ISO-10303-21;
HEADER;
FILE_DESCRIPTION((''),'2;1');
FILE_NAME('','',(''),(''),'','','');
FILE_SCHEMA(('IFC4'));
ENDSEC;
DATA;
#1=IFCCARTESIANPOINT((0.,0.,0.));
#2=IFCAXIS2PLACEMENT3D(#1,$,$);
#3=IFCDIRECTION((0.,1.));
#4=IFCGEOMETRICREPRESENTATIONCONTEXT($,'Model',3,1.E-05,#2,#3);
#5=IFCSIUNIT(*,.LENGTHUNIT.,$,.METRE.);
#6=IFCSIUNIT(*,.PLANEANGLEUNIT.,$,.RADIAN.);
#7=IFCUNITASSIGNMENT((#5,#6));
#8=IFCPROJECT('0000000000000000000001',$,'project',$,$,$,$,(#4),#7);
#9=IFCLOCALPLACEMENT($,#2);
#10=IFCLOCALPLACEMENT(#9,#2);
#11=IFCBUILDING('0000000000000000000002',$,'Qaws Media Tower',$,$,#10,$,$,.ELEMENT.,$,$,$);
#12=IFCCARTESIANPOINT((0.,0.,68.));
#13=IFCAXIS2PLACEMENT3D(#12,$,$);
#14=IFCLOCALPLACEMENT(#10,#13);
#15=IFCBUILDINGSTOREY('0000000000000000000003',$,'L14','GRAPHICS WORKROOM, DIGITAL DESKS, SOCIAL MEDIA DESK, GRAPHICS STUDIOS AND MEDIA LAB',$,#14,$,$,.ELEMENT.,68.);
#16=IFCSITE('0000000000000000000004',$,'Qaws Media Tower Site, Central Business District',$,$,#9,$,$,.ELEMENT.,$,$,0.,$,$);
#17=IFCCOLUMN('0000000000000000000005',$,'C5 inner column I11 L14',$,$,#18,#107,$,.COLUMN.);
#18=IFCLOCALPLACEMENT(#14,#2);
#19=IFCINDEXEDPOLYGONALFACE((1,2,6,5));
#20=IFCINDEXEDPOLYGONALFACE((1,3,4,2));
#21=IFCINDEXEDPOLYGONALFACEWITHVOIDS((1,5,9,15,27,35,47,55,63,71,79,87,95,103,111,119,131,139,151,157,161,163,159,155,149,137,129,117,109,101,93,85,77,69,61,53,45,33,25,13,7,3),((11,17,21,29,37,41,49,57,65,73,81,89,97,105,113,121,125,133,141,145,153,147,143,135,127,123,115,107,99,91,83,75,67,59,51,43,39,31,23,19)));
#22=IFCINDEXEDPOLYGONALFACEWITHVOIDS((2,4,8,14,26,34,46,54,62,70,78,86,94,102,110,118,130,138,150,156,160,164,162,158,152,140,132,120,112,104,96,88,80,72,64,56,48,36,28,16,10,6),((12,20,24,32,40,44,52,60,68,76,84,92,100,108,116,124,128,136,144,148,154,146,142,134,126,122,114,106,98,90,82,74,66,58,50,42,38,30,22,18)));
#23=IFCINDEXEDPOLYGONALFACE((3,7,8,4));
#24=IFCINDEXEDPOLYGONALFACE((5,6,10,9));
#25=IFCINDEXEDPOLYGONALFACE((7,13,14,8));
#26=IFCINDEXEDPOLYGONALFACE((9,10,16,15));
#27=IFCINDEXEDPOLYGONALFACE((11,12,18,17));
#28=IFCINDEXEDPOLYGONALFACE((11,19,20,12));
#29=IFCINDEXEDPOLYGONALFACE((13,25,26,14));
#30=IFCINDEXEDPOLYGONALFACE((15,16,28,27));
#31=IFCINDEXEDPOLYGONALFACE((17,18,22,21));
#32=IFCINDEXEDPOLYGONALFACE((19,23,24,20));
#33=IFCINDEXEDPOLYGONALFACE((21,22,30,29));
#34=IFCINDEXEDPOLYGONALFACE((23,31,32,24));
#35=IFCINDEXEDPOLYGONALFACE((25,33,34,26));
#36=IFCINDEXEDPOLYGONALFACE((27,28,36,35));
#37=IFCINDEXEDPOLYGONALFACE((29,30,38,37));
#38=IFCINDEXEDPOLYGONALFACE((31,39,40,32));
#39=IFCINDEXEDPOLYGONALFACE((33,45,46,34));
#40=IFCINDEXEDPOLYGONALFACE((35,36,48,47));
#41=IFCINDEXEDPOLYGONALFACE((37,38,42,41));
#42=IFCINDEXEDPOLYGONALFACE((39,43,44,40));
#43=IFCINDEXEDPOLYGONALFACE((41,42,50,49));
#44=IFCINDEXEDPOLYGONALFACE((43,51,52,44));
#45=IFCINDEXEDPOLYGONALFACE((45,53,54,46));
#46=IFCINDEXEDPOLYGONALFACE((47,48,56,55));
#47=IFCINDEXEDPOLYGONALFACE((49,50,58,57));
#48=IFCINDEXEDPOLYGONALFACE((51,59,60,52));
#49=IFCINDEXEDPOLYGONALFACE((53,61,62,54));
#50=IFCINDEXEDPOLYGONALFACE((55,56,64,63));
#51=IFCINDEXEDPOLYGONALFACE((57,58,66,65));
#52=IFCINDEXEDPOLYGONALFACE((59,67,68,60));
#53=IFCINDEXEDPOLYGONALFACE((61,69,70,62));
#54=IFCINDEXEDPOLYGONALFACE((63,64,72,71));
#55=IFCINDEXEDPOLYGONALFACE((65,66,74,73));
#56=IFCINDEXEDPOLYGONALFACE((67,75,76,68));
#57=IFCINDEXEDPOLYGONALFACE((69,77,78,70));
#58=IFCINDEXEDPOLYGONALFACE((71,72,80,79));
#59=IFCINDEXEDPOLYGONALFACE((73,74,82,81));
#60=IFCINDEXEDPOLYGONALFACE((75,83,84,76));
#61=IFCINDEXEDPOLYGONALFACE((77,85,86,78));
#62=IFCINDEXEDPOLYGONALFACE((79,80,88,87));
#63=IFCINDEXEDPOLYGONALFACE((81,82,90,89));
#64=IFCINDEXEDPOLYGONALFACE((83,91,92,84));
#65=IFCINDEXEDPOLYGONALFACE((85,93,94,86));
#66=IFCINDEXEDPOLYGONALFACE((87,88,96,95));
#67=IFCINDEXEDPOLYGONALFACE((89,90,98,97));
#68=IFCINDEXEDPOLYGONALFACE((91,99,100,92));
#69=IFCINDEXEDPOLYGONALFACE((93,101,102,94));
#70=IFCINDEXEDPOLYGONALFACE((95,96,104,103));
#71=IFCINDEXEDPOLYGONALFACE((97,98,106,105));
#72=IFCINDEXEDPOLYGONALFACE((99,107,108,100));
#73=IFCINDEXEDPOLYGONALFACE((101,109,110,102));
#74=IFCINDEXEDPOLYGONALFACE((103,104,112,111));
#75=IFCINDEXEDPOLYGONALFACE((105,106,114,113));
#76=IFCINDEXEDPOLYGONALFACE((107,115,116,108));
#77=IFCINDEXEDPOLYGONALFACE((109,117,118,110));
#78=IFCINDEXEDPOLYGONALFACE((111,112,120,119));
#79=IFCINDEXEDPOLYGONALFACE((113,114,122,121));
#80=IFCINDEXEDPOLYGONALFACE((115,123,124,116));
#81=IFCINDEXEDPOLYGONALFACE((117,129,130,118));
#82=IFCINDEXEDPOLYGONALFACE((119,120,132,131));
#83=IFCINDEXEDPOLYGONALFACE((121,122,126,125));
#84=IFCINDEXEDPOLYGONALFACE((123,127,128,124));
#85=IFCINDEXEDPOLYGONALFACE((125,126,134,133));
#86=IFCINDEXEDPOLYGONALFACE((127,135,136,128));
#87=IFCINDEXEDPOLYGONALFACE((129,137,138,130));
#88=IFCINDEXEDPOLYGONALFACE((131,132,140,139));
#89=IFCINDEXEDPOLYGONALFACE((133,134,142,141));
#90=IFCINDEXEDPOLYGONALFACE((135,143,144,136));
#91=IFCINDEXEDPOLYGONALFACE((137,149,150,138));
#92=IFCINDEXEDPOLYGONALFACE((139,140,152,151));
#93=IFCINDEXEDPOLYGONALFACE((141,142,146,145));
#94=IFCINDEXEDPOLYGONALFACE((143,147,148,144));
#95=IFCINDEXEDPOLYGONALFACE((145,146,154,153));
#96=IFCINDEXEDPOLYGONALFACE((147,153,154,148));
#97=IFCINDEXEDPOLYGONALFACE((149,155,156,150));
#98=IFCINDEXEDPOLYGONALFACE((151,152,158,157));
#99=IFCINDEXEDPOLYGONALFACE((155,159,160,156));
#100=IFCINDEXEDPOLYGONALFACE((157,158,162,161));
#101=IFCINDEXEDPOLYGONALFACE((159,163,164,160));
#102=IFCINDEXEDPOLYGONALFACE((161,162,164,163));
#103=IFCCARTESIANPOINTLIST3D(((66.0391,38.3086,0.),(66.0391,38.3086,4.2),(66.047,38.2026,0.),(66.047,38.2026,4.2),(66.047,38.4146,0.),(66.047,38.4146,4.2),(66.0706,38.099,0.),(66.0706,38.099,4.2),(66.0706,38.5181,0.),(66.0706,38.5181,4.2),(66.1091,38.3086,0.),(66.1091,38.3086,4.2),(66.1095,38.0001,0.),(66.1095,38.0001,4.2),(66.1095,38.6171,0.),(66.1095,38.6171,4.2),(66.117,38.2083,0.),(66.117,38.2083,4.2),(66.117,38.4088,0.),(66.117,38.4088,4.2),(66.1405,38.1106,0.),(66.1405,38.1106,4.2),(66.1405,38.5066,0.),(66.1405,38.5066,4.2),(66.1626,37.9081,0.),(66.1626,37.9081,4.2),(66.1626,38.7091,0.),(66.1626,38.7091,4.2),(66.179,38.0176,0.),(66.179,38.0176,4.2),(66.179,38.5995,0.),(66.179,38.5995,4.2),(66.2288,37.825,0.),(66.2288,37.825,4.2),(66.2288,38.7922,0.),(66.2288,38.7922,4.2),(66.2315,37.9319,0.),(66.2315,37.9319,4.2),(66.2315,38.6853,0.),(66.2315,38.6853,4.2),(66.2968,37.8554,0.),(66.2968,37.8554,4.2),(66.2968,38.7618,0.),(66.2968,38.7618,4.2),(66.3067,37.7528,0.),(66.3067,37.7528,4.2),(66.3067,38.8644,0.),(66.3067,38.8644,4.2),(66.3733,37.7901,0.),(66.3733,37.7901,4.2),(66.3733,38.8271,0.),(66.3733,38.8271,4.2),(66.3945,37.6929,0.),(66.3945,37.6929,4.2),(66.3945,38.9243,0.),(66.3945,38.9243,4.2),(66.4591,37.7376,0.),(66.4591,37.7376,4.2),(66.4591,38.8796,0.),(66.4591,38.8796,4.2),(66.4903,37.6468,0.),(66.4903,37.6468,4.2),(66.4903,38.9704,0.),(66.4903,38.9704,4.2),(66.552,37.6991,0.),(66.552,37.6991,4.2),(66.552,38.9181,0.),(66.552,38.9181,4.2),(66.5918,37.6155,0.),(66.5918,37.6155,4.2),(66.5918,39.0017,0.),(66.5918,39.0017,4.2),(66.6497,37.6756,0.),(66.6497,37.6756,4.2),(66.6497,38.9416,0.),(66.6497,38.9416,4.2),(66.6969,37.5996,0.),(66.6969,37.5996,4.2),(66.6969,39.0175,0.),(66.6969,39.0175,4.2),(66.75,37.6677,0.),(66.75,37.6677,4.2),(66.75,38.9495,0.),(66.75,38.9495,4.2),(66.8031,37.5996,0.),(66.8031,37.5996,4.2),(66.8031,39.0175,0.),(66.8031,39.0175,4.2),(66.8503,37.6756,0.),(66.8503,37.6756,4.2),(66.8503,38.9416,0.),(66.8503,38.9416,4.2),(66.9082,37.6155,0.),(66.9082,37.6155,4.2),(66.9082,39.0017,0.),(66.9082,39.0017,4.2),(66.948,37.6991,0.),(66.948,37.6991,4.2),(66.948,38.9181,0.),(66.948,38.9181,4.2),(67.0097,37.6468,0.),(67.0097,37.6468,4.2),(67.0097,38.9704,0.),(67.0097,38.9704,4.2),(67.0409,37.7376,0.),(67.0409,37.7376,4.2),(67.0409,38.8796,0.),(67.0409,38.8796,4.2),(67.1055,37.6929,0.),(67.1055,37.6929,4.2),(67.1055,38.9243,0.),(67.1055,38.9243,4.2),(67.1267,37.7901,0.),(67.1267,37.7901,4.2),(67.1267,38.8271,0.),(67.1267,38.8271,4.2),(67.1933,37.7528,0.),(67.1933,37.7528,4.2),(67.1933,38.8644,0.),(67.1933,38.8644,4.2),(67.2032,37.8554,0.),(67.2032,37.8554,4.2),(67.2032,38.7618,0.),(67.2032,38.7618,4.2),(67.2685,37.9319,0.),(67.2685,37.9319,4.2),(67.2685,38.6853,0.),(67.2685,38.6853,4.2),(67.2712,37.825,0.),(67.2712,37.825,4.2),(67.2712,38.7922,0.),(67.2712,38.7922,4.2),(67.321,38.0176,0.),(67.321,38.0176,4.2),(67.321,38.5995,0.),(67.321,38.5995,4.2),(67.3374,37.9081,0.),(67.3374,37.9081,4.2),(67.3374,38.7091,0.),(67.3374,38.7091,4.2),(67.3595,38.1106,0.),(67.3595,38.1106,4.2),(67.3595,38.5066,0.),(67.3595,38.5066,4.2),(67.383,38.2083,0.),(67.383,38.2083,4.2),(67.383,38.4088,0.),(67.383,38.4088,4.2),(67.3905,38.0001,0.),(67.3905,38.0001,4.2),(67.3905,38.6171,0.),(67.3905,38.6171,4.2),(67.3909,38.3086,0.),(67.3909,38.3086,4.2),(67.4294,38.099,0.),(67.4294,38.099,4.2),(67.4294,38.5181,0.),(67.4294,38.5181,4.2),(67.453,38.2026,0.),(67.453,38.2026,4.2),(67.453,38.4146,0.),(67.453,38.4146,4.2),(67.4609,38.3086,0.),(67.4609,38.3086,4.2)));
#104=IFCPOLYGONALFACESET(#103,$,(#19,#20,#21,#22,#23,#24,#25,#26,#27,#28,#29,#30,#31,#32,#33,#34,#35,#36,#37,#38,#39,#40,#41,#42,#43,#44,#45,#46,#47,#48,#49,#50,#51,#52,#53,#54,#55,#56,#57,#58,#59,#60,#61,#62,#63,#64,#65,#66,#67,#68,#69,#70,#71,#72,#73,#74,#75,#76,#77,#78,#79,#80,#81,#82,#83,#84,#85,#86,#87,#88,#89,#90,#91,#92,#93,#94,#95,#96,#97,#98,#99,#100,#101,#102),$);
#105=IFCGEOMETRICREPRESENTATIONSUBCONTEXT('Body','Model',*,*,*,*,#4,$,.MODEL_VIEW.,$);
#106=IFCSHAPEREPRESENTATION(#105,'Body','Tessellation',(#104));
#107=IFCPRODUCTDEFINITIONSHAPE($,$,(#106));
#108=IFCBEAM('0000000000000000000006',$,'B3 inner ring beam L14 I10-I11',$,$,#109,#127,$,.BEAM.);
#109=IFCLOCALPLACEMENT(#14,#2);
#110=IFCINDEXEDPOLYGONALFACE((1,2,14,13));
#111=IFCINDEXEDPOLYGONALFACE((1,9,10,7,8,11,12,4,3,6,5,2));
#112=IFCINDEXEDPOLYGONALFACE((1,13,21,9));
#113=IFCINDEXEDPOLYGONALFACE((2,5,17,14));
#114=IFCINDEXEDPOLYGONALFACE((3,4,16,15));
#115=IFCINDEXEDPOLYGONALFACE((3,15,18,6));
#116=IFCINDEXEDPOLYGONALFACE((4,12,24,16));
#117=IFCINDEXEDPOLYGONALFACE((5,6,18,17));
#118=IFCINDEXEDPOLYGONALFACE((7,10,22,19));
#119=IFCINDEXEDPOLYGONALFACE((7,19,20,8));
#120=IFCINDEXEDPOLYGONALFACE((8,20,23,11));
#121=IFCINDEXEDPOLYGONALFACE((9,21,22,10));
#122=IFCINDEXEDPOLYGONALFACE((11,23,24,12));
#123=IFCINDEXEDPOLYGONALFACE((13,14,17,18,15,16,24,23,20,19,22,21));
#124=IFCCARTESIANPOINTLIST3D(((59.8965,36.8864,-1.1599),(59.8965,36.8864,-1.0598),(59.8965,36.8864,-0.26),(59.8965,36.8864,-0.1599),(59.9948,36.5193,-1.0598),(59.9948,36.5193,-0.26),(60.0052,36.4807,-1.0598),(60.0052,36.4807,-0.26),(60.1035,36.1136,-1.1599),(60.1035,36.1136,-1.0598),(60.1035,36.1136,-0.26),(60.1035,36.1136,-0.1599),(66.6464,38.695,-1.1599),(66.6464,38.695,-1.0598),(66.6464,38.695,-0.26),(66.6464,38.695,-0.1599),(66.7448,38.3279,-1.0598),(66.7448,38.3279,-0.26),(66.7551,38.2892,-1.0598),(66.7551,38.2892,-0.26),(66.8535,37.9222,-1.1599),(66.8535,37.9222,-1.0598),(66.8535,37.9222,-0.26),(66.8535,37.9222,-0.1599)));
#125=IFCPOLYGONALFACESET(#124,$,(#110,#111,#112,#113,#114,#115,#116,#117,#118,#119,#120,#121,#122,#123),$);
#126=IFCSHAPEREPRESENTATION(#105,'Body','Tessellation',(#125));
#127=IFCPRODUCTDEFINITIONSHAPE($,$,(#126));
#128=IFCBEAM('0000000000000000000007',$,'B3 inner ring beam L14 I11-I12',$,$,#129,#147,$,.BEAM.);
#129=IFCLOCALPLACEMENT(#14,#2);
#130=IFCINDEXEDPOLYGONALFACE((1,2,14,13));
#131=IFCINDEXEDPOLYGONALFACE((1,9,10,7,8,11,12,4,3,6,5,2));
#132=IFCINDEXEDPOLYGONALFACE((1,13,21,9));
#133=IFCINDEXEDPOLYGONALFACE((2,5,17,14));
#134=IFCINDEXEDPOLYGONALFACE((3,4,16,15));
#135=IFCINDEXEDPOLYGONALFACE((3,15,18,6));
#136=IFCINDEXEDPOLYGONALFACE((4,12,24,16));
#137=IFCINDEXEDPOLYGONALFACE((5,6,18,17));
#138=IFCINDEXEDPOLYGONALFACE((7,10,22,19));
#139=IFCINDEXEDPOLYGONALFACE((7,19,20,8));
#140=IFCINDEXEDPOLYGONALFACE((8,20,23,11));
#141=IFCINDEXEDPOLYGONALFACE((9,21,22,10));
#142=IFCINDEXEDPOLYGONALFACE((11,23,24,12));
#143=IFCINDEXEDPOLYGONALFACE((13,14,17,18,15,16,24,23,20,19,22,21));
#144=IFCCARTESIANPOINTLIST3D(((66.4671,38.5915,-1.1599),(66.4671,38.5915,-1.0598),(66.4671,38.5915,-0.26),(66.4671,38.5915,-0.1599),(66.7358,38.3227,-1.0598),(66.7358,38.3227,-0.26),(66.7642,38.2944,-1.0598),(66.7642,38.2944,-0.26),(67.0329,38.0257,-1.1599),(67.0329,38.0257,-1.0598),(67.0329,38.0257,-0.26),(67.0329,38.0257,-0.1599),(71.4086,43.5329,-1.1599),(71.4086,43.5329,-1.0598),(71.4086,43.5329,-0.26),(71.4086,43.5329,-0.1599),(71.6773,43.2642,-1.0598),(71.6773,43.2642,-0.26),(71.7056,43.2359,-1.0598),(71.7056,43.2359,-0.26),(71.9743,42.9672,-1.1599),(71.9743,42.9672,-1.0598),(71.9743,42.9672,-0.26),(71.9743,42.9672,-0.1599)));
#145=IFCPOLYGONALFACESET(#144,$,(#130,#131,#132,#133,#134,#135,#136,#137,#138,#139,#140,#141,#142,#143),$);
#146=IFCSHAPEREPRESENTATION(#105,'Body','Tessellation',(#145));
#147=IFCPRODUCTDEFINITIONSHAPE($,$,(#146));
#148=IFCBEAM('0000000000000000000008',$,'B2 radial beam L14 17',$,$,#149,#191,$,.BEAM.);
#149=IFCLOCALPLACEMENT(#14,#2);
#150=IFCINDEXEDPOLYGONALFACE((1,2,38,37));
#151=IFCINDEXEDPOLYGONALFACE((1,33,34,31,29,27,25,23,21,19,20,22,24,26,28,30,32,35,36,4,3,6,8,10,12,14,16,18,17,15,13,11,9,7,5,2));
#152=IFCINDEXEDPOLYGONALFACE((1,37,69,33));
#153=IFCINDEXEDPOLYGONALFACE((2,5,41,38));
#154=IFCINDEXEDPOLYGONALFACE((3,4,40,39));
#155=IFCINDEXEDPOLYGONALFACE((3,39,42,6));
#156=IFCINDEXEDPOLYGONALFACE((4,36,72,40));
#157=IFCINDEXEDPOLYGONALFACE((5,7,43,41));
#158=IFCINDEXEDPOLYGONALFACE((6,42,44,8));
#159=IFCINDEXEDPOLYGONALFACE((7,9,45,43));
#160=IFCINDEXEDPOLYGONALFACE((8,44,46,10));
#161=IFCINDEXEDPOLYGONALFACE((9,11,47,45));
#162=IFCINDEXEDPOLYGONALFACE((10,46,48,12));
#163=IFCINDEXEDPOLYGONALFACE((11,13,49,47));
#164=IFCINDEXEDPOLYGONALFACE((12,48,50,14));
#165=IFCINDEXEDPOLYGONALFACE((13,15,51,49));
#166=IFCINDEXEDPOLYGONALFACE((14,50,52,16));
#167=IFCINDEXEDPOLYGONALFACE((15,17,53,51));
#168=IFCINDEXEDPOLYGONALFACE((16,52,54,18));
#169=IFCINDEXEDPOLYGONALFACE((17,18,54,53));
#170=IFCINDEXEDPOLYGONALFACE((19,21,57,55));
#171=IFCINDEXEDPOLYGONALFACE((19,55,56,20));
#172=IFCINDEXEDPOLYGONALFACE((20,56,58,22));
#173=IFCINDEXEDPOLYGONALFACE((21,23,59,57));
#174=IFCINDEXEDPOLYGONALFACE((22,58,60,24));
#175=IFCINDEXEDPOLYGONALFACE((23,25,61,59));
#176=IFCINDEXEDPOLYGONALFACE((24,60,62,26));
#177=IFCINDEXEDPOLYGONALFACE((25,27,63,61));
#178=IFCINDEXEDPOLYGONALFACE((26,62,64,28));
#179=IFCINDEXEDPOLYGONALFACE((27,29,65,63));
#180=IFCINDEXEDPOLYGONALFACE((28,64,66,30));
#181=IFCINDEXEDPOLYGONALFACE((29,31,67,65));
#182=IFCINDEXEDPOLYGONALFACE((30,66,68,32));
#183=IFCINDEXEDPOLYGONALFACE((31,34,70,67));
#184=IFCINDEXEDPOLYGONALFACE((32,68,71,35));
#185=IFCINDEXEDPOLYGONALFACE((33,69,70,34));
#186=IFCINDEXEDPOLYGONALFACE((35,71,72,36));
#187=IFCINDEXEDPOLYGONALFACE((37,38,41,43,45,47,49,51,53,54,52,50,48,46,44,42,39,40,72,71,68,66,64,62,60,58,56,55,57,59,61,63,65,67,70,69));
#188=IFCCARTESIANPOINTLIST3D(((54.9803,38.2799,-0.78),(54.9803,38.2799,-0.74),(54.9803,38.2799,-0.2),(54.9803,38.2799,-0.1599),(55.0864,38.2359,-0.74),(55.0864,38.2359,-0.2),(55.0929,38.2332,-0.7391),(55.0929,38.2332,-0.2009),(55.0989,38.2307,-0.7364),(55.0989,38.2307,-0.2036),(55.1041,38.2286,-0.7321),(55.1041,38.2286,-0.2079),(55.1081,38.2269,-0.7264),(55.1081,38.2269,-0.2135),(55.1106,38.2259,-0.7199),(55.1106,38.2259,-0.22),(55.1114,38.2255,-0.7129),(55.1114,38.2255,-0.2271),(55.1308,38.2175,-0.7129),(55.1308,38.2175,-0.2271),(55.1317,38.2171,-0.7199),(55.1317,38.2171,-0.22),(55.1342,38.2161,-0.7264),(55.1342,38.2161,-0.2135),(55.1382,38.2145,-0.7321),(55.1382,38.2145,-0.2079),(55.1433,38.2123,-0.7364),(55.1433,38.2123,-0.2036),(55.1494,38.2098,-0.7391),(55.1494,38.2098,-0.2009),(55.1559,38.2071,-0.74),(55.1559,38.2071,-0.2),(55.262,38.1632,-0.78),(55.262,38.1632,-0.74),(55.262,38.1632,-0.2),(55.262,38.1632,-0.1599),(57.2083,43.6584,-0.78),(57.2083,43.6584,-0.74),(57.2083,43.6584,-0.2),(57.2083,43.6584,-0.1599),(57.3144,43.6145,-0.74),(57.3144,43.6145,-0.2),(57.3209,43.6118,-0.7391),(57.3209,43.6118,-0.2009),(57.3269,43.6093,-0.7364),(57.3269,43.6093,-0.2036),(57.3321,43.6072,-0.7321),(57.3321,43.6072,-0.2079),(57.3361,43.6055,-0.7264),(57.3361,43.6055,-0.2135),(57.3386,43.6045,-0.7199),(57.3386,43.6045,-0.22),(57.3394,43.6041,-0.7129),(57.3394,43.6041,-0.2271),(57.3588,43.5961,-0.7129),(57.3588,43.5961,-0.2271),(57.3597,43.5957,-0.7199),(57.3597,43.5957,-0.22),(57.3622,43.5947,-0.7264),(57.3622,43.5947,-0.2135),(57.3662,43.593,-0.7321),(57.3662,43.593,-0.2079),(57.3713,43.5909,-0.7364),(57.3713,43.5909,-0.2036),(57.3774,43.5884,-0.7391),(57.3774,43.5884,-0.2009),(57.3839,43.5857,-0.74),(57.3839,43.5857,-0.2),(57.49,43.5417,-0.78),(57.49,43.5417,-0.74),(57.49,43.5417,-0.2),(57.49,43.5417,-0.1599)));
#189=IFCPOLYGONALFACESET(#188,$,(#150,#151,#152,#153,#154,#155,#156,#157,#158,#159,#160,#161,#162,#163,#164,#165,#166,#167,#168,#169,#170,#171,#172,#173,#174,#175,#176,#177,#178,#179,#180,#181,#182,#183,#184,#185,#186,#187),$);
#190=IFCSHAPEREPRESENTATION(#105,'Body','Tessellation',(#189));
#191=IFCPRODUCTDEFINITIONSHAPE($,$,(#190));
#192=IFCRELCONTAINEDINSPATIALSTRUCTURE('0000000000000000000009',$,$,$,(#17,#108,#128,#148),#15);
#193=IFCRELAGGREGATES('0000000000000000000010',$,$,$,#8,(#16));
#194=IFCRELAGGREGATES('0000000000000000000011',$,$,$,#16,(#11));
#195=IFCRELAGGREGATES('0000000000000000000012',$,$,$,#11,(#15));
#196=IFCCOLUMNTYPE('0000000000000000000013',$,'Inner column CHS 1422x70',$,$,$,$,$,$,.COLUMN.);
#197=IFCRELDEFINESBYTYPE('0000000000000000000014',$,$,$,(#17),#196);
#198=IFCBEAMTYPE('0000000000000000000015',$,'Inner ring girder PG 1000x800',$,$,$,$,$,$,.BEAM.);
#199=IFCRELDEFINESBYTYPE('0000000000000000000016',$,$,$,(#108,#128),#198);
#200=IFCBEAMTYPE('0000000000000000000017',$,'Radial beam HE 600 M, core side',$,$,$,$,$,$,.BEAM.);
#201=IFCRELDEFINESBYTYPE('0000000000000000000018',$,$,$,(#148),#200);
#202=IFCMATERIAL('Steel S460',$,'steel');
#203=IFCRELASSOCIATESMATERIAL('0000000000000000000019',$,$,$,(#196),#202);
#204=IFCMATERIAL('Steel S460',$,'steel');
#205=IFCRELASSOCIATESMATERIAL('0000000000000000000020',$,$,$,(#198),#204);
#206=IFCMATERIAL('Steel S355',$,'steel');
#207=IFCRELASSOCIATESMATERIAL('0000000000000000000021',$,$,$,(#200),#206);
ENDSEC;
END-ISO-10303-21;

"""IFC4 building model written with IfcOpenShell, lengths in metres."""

from ifc_helpers import new_model, si_unit, direction, frame, origin, origin_2d, place, context, subcontext, project, spatial, hollow_circle, i_section, extrude, material, material_profile, profile_set, type_object, element, save


model = new_model("IFC4")

# Units and contexts
model_context = context("Model", 3, precision=1e-05, world=origin(), true_north=direction((0.0, 1.0)))
body_context = subcontext(model_context, "Body", "Model", "MODEL_VIEW")
ifc_project = project(units=[si_unit("LENGTHUNIT", "METRE"), si_unit("PLANEANGLEUNIT", "RADIAN")], contexts=[model_context])

# Site, building, storey
site_placement = place(None, origin())
site = spatial("IfcSite", under=ifc_project, at=site_placement, Name="Qaws Media Tower Site, Central Business District", CompositionType="ELEMENT", RefElevation=0.0)
building_placement = place(site_placement, origin())
building = spatial("IfcBuilding", under=site, at=building_placement, Name="Qaws Media Tower", CompositionType="ELEMENT")
storey_placement = place(building_placement, frame((0.0, 0.0, 68.0)))
storey = spatial("IfcBuildingStorey", under=building, at=storey_placement, Name="L14", Description="GRAPHICS WORKROOM, DIGITAL DESKS, SOCIAL MEDIA DESK, GRAPHICS STUDIOS AND MEDIA LAB", CompositionType="ELEMENT", Elevation=68.0)

# Column
ifc_material_1 = material(Name="Steel S460", Category="steel")
ifc_material_profile_1 = material_profile(ifc_material_1, hollow_circle(Radius=0.7109, WallThickness=0.0701, at=origin_2d()), Name="CHS 1422x70")
ifc_profile_set_1 = profile_set([ifc_material_profile_1], Name="Steel S460")
column_type = type_object("IfcColumnType", Name="Inner column CHS 1422x70", PredefinedType="COLUMN", material=ifc_profile_set_1)
column_placement = place(storey_placement, frame((66.75, 38.3086, 0.0), z_axis=(0.0, 0.0, 1.0), x_axis=(1.0, 0.0, 0.0)))
element("IfcColumn", 1, at=column_placement, inside=storey, type_object=column_type, Name="C5 inner column I11 L14", PredefinedType="COLUMN", context=body_context, shape_type="SweptSolid", body=[
    extrude(hollow_circle(Radius=0.7109, WallThickness=0.0701, at=origin_2d()), origin(), (0.0, 0.0, 1.0), 4.2),
])

# Beams
ifc_material_2 = material(Name="Steel S460", Category="steel")
ifc_material_profile_2 = material_profile(ifc_material_2, i_section(OverallWidth=0.8, OverallDepth=1.0, WebThickness=0.04, FlangeThickness=0.1001, at=origin_2d()), Name="PG 1000x800")
ifc_profile_set_2 = profile_set([ifc_material_profile_2], Name="Steel S460")
beam_type_1 = type_object("IfcBeamType", Name="Inner ring girder PG 1000x800", PredefinedType="BEAM", material=ifc_profile_set_2)
beam_1_placement = place(storey_placement, frame((60.0, 36.5, -0.6599), z_axis=(0.965928, 0.258811, 0.0), x_axis=(-0.258811, 0.965928, 0.0)))
element("IfcBeam", 2, at=beam_1_placement, inside=storey, type_object=beam_type_1, Name="B3 inner ring beam L14 I10-I11", PredefinedType="BEAM", context=body_context, shape_type="SweptSolid", body=[
    extrude(i_section(OverallWidth=0.8, OverallDepth=1.0, WebThickness=0.04, FlangeThickness=0.1001, at=origin_2d()), origin(), (0.0, 0.0, 1.0), 6.988),
])
beam_2_placement = place(storey_placement, frame((66.75, 38.3086, -0.6599), z_axis=(0.707107, 0.707107, 0.0), x_axis=(-0.707107, 0.707107, 0.0)))
element("IfcBeam", 3, at=beam_2_placement, inside=storey, type_object=beam_type_1, Name="B3 inner ring beam L14 I11-I12", PredefinedType="BEAM", context=body_context, shape_type="SweptSolid", body=[
    extrude(i_section(OverallWidth=0.8, OverallDepth=1.0, WebThickness=0.04, FlangeThickness=0.1001, at=origin_2d()), origin(), (0.0, 0.0, 1.0), 6.9883),
])
ifc_material_3 = material(Name="Steel S355", Category="steel")
ifc_material_profile_3 = material_profile(ifc_material_3, i_section(OverallWidth=0.3049, OverallDepth=0.6201, WebThickness=0.021, FlangeThickness=0.04, FilletRadius=0.0271, at=origin_2d()), Name="HE 600 M")
ifc_profile_set_3 = profile_set([ifc_material_profile_3], Name="Steel S355")
beam_type_2 = type_object("IfcBeamType", Name="Radial beam HE 600 M, core side", PredefinedType="BEAM", material=ifc_profile_set_3)
beam_3_placement = place(storey_placement, frame((57.3491, 43.6001, -0.47), z_axis=(-0.3827, -0.923873, 0.0), x_axis=(0.923873, -0.3827, 0.0)))
element("IfcBeam", 4, at=beam_3_placement, inside=storey, type_object=beam_type_2, Name="B2 radial beam L14 17", PredefinedType="BEAM", context=body_context, shape_type="SweptSolid", body=[
    extrude(i_section(OverallWidth=0.3049, OverallDepth=0.6201, WebThickness=0.021, FlangeThickness=0.04, FilletRadius=0.0271, at=origin_2d()), origin(), (0.0, 0.0, 1.0), 5.8218),
])

save(model, "model.ifc")
